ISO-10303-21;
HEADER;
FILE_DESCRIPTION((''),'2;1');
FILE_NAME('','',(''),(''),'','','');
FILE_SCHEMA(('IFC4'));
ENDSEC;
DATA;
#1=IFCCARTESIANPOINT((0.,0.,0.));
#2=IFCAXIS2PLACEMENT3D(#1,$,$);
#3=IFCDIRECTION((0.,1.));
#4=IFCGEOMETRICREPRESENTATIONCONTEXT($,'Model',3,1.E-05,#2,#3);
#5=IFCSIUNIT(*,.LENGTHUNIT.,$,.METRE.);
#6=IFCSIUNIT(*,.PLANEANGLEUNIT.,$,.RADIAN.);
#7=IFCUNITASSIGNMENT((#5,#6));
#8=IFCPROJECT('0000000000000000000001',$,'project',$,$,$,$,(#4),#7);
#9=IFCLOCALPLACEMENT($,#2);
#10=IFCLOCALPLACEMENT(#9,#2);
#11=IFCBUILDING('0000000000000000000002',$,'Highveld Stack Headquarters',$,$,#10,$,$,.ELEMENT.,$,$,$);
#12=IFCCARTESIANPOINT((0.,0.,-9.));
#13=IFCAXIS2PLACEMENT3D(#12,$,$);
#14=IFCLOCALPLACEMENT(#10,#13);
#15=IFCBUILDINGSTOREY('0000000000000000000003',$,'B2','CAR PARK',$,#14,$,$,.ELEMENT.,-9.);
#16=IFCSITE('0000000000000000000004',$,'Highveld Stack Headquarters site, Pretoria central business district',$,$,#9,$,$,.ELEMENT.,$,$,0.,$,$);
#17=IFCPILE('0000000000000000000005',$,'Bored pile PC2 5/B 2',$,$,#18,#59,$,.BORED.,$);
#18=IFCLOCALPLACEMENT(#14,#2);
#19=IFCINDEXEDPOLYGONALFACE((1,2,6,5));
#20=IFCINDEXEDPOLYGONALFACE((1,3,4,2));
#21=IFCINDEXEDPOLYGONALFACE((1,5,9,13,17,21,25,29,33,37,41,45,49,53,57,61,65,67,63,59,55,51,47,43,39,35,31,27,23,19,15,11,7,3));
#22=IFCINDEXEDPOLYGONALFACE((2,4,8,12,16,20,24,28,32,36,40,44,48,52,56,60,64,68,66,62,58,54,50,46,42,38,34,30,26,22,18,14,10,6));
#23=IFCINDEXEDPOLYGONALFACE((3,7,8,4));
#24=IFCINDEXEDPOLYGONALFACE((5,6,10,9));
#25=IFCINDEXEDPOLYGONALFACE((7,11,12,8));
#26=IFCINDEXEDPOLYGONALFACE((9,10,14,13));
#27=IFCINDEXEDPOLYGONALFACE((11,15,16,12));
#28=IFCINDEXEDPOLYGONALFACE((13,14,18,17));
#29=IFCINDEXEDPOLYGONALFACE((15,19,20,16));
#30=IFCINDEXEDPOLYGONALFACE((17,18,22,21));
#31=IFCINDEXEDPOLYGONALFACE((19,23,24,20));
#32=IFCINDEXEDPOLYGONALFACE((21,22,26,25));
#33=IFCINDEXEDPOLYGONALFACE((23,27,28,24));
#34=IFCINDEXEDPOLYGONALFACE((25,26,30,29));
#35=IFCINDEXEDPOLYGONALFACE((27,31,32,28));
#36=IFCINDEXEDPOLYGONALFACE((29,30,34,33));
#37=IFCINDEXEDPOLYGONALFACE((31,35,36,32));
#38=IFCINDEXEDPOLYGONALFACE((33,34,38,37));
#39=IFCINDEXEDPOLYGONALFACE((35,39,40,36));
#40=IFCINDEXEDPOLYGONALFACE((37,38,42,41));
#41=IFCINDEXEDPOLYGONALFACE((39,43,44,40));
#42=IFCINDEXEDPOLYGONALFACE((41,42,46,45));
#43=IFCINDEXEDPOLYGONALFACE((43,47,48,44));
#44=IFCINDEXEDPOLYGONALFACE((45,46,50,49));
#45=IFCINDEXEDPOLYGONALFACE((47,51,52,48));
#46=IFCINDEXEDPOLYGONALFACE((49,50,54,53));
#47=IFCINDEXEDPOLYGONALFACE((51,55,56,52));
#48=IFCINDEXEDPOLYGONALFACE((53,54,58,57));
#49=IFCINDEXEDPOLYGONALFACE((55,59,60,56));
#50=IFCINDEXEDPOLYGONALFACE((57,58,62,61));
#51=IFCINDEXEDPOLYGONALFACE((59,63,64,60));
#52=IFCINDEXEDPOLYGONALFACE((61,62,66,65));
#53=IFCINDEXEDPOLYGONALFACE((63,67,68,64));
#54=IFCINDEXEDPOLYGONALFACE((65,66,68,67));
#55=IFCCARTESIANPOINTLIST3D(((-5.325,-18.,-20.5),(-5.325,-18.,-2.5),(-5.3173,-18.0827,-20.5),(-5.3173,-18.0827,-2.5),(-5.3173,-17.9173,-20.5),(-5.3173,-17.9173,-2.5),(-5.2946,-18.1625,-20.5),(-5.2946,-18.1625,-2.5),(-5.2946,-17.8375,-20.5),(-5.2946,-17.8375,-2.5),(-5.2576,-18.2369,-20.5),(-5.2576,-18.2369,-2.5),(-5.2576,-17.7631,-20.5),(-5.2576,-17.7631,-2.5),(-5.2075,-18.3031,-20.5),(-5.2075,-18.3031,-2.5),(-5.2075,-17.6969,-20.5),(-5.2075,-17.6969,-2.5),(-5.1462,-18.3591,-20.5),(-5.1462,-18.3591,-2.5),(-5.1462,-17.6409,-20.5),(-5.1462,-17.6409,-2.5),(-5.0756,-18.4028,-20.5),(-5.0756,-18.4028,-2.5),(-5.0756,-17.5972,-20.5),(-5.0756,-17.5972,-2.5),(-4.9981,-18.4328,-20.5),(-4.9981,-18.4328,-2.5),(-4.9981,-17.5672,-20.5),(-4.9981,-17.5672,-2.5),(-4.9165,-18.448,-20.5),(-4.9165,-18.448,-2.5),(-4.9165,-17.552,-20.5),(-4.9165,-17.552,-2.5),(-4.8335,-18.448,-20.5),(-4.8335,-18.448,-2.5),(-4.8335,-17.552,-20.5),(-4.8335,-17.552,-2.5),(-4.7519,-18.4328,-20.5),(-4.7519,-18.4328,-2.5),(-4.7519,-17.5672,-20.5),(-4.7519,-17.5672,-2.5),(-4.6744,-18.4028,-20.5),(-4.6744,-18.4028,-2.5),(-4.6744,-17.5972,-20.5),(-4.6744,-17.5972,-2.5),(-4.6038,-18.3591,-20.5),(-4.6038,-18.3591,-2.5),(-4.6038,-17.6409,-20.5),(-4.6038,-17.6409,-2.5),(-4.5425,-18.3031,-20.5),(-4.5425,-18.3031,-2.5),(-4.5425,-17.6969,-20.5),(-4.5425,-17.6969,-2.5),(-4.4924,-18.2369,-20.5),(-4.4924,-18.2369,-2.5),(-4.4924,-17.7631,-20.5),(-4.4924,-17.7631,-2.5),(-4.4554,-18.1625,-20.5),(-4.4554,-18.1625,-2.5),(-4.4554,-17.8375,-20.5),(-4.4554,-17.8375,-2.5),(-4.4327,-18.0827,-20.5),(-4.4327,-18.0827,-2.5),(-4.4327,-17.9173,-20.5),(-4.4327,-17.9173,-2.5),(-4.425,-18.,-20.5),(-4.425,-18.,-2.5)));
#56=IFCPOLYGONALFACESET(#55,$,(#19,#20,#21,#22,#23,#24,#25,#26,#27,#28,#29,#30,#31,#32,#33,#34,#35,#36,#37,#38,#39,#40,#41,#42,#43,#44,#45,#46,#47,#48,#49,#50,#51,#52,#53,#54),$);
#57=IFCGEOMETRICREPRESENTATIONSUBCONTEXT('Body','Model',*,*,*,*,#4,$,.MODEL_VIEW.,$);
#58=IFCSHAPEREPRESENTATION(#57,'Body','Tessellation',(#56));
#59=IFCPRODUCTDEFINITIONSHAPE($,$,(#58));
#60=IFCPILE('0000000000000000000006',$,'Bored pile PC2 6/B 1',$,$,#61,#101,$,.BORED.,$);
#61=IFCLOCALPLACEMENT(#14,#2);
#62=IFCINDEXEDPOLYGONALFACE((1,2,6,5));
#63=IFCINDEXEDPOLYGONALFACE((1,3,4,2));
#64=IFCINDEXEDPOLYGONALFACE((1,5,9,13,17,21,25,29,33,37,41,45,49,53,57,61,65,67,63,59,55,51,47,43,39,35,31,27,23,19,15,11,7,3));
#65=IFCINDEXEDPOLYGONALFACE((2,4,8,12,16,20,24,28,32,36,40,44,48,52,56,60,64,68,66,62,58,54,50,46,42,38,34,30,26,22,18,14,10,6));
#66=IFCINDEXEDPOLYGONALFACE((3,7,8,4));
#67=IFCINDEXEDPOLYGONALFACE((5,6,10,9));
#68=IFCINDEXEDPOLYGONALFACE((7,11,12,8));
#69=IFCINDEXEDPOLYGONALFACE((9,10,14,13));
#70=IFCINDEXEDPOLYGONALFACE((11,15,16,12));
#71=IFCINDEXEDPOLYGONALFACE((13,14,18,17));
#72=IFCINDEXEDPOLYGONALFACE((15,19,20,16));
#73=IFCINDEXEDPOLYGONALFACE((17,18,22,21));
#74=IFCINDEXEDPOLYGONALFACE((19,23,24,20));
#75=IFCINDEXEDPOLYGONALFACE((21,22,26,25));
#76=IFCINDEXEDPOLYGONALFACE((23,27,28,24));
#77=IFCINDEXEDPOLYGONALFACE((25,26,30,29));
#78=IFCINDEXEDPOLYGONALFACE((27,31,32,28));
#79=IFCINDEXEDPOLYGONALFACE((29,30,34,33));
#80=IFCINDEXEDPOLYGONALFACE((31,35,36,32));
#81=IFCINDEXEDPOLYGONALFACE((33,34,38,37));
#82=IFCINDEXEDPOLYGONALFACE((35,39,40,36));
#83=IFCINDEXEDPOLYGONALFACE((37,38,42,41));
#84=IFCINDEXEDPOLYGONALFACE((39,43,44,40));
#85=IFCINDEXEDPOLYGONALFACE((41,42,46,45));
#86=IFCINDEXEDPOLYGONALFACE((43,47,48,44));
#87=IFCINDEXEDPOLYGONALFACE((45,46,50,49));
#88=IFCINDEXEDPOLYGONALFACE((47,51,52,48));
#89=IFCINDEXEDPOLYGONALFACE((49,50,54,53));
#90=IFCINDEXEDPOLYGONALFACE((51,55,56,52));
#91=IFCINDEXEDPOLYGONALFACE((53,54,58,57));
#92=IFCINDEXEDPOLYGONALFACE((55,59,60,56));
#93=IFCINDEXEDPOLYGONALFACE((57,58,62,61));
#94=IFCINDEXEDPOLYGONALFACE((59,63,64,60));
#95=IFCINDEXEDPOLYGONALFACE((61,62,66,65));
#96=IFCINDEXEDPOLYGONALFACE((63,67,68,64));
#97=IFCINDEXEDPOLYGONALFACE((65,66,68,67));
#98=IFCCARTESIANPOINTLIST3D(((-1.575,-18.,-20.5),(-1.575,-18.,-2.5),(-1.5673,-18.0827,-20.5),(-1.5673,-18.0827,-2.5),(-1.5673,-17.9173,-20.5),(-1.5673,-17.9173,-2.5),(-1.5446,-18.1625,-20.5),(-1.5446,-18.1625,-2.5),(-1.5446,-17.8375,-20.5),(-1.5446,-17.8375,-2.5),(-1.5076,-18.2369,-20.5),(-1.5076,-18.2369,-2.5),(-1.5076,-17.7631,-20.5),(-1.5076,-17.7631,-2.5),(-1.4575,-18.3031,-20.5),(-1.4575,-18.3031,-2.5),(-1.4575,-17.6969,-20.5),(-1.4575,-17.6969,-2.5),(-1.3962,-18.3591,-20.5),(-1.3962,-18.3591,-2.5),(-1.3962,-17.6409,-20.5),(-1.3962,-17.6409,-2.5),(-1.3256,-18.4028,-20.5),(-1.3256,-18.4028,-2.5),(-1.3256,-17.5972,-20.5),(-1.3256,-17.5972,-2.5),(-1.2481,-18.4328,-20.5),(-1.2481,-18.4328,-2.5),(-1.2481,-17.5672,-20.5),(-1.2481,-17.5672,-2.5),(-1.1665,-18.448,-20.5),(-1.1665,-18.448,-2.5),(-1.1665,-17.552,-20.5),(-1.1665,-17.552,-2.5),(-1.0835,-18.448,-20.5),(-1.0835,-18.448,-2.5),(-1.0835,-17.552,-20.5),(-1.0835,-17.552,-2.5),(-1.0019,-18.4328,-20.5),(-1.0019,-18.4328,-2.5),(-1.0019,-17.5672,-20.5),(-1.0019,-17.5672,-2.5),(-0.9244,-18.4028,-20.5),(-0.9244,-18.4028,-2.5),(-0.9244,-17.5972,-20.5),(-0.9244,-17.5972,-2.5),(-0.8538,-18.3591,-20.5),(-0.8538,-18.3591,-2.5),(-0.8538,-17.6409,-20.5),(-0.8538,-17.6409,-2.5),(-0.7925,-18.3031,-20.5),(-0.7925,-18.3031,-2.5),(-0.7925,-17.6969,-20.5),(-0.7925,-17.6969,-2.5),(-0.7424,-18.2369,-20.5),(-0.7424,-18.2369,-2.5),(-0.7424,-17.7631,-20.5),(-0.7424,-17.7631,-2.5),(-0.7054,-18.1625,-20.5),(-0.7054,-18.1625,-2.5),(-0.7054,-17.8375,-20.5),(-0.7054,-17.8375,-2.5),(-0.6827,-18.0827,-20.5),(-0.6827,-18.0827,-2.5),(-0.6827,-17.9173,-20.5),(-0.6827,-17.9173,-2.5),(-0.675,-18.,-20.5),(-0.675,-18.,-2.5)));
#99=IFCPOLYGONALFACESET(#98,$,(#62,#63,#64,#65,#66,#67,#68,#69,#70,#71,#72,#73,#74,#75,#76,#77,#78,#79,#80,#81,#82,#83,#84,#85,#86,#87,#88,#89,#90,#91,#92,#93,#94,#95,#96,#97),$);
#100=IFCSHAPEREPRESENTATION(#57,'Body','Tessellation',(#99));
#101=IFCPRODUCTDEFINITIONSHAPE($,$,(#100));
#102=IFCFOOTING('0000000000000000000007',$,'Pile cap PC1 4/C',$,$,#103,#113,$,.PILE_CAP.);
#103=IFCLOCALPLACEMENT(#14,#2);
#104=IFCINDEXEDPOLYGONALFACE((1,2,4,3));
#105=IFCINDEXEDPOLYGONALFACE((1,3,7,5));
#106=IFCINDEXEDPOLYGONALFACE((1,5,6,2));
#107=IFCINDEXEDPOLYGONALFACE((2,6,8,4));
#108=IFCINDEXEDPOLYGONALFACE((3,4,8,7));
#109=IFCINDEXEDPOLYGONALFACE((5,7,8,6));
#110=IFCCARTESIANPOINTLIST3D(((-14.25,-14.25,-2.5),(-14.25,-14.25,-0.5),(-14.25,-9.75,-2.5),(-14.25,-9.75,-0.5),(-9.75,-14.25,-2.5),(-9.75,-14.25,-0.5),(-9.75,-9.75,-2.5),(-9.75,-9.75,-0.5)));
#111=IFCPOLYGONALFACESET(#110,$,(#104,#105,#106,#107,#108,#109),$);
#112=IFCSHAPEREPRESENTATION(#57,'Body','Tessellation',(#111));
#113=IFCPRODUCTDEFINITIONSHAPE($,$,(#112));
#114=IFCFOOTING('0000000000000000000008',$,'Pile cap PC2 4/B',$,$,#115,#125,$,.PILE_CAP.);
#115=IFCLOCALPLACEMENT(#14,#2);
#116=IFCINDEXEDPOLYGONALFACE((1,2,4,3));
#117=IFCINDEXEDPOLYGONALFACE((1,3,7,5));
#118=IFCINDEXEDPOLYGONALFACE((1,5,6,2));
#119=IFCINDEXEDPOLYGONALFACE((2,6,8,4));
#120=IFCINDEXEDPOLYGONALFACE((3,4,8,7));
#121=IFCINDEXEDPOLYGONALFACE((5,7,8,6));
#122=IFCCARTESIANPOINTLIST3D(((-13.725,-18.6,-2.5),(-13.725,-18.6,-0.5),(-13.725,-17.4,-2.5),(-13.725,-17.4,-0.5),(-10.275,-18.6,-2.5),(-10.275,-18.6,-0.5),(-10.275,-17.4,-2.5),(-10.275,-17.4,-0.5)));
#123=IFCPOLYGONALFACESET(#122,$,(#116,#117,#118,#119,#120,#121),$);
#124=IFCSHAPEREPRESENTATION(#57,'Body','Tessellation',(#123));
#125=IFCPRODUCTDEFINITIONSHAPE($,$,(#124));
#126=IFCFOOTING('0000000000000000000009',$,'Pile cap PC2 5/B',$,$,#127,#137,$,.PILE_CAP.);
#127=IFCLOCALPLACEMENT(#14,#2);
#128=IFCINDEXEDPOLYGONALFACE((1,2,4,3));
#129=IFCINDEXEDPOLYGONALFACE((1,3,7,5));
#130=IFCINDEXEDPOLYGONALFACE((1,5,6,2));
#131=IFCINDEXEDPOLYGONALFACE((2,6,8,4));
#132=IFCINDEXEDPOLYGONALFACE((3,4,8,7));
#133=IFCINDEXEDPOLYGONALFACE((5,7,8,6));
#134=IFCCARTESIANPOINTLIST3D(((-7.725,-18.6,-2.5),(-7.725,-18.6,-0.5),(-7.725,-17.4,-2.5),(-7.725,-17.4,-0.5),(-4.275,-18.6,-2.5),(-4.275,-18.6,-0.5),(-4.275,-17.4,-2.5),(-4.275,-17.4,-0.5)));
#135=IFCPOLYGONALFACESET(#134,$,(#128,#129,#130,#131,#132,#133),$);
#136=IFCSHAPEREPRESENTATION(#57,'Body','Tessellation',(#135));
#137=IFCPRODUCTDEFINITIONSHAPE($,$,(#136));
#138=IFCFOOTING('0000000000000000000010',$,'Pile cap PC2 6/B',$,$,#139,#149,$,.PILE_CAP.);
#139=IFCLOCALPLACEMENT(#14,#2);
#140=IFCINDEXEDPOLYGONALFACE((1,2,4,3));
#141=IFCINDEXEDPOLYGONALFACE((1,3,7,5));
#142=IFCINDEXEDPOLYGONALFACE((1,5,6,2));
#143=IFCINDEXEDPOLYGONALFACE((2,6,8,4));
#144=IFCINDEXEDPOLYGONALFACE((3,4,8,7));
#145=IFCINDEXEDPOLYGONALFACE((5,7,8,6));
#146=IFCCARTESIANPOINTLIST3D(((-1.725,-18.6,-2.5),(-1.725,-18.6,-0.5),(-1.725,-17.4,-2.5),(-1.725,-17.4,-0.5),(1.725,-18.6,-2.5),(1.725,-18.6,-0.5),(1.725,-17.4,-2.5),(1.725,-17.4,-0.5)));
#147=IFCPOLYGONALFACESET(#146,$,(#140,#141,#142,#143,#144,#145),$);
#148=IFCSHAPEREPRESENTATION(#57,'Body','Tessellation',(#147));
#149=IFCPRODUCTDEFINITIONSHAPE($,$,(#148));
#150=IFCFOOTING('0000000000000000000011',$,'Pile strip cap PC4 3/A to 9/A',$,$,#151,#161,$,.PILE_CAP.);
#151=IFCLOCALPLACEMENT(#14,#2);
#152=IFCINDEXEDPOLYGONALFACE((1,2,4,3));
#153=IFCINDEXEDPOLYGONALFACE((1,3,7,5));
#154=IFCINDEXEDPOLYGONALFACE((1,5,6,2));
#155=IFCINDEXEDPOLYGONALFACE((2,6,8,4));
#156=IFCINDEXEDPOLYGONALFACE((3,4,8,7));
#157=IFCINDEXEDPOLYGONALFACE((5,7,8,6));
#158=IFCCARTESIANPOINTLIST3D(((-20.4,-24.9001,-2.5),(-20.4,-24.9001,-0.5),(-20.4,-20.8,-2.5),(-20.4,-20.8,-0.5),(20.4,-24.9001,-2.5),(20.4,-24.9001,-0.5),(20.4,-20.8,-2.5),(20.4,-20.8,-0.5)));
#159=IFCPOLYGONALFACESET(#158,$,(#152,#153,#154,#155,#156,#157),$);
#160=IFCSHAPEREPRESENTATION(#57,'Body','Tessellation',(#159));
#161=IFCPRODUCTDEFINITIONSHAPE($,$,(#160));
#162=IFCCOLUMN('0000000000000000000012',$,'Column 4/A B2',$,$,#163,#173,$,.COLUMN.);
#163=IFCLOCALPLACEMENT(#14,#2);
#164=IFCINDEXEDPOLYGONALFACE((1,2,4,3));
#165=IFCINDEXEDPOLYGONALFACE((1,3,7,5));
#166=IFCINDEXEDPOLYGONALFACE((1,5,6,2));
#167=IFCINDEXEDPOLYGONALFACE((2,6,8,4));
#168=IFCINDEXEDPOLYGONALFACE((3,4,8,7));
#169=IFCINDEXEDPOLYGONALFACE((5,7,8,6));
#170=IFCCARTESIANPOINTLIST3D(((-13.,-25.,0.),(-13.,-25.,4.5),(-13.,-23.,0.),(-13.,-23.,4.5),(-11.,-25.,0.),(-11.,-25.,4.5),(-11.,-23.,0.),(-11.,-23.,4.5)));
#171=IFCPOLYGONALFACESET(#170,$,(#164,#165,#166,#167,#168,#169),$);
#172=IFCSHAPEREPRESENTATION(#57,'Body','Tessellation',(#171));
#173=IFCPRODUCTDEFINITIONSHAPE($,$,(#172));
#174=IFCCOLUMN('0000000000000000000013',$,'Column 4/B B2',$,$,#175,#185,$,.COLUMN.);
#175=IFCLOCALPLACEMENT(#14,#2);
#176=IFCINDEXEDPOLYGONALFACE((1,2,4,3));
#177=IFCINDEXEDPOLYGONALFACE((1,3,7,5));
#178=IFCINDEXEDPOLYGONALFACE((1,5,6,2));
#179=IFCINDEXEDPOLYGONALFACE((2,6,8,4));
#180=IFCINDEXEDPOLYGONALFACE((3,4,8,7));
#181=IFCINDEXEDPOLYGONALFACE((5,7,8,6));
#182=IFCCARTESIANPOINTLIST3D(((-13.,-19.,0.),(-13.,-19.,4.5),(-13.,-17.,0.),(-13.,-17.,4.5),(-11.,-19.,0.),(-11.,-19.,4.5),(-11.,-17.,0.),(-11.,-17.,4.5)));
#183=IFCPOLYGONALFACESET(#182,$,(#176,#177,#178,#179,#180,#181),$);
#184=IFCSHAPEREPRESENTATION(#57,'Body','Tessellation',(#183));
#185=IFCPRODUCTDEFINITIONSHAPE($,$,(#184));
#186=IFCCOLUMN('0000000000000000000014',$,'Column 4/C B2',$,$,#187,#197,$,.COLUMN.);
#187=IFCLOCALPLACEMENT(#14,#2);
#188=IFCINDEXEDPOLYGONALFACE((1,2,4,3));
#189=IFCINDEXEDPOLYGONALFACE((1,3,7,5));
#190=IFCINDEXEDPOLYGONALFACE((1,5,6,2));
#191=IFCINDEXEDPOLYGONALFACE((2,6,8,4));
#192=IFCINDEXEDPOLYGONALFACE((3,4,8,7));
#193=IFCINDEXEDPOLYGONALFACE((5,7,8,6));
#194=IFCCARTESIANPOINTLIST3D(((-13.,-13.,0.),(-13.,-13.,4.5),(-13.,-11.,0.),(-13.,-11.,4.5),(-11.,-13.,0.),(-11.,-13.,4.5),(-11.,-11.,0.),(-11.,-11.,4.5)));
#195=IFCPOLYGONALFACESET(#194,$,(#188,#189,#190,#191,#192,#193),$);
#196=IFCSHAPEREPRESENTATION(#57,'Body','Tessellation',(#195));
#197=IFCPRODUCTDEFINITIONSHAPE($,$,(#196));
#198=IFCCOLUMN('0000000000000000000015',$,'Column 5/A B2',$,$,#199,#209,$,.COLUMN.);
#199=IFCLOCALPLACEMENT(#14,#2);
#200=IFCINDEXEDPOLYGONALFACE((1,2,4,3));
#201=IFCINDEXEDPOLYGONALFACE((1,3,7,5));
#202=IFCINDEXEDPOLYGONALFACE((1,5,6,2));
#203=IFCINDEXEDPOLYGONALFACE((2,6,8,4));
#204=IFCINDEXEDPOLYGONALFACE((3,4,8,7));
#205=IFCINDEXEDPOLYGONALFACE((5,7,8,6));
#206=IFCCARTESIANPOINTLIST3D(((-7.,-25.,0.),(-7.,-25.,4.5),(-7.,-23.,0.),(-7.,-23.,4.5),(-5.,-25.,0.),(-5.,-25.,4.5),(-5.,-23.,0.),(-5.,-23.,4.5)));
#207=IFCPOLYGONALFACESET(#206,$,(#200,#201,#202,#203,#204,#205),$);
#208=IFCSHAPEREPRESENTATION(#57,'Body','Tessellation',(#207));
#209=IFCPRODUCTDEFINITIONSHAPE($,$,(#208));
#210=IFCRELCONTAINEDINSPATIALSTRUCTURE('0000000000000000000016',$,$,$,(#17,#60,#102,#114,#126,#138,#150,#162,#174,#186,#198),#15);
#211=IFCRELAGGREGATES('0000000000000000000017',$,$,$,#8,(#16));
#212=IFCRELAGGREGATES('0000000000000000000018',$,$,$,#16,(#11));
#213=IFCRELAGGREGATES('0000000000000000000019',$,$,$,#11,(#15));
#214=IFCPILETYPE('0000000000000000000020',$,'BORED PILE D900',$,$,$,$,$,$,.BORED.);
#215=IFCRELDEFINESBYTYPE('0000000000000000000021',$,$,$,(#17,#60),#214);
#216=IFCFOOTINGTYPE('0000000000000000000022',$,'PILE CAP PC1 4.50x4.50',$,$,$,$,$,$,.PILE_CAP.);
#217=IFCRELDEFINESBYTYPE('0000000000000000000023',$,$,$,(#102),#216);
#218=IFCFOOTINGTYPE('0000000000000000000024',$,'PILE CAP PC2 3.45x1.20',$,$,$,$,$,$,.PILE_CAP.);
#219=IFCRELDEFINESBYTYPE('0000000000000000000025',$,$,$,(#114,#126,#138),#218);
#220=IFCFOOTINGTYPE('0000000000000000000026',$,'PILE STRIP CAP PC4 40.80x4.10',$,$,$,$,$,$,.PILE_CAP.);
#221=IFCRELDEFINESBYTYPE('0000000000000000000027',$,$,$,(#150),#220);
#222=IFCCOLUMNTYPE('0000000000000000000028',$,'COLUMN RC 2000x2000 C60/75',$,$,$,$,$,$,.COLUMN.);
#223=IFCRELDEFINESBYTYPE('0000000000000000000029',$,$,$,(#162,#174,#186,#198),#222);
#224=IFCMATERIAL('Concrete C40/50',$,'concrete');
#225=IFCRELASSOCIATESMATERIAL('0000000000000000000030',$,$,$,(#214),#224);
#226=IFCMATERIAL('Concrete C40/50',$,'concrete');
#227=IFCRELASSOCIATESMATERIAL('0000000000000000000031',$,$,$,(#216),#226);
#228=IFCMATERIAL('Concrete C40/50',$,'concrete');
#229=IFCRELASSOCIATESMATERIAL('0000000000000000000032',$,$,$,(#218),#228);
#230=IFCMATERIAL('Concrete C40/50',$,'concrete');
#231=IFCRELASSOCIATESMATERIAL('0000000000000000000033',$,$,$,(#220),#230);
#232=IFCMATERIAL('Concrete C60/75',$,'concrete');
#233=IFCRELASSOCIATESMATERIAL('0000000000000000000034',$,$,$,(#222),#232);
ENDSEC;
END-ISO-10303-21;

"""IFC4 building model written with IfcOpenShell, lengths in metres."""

from ifc_helpers import new_model, si_unit, direction, frame, origin, origin_2d, place, context, subcontext, project, spatial, rectangle, circle, extrude, material, material_profile, profile_set, type_object, element, save


model = new_model("IFC4")

# Units and contexts
model_context = context("Model", 3, precision=1e-05, world=origin(), true_north=direction((0.0, 1.0)))
body_context = subcontext(model_context, "Body", "Model", "MODEL_VIEW")
ifc_project = project(units=[si_unit("LENGTHUNIT", "METRE"), si_unit("PLANEANGLEUNIT", "RADIAN")], contexts=[model_context])

# Site, building, storey
site_placement = place(None, origin())
site = spatial("IfcSite", under=ifc_project, at=site_placement, Name="Highveld Stack Headquarters site, Pretoria central business district", CompositionType="ELEMENT", RefElevation=0.0)
building_placement = place(site_placement, origin())
building = spatial("IfcBuilding", under=site, at=building_placement, Name="Highveld Stack Headquarters", CompositionType="ELEMENT")
storey_placement = place(building_placement, frame((0.0, 0.0, -9.0)))
storey = spatial("IfcBuildingStorey", under=building, at=storey_placement, Name="B2", Description="CAR PARK", CompositionType="ELEMENT", Elevation=-9.0)

# Piles
ifc_material_1 = material(Name="Concrete C40/50", Category="concrete")
pile_type_1 = type_object("IfcPileType", Name="BORED PILE D900", PredefinedType="BORED", material=ifc_material_1)
for number, where, z_axis, x_axis, name in (
    (1, (-4.875, -18.0, -2.5), (0.0, 0.0, -1.0), (1.0, 0.0, 0.0), "Bored pile PC2 5/B 2"),
    (2, (-1.125, -18.0, -2.5), (0.0, 0.0, -1.0), (1.0, 0.0, 0.0), "Bored pile PC2 6/B 1"),
):
    element("IfcPile", number, at=place(storey_placement, frame(where, z_axis=z_axis, x_axis=x_axis)), inside=storey, type_object=pile_type_1, Name=name, PredefinedType="BORED", context=body_context, shape_type="SweptSolid", body=[
        extrude(circle(Radius=0.45, at=origin_2d()), origin(), (0.0, 0.0, 1.0), 18.0),
    ])

# Footings
ifc_material_2 = material(Name="Concrete C40/50", Category="concrete")
footing_type_1 = type_object("IfcFootingType", Name="PILE CAP PC1 4.50x4.50", PredefinedType="PILE_CAP", material=ifc_material_2)
footing_1_placement = place(storey_placement, frame((-12.0, -12.0, -2.5), z_axis=(0.0, 0.0, 1.0), x_axis=(1.0, 0.0, 0.0)))
element("IfcFooting", 3, at=footing_1_placement, inside=storey, type_object=footing_type_1, Name="Pile cap PC1 4/C", PredefinedType="PILE_CAP", context=body_context, shape_type="SweptSolid", body=[
    extrude(rectangle(XDim=4.5, YDim=4.5, at=origin_2d()), origin(), (0.0, 0.0, 1.0), 2.0),
])
ifc_material_3 = material(Name="Concrete C40/50", Category="concrete")
footing_type_2 = type_object("IfcFootingType", Name="PILE CAP PC2 3.45x1.20", PredefinedType="PILE_CAP", material=ifc_material_3)
for number, where, z_axis, x_axis, name in (
    (4, (-12.0, -18.0, -2.5), (0.0, 0.0, 1.0), (1.0, 0.0, 0.0), "Pile cap PC2 4/B"),
    (5, (-6.0, -18.0, -2.5), (0.0, 0.0, 1.0), (1.0, 0.0, 0.0), "Pile cap PC2 5/B"),
    (6, (0.0, -18.0, -2.5), (0.0, 0.0, 1.0), (1.0, 0.0, 0.0), "Pile cap PC2 6/B"),
):
    element("IfcFooting", number, at=place(storey_placement, frame(where, z_axis=z_axis, x_axis=x_axis)), inside=storey, type_object=footing_type_2, Name=name, PredefinedType="PILE_CAP", context=body_context, shape_type="SweptSolid", body=[
        extrude(rectangle(XDim=3.45, YDim=1.2, at=origin_2d()), origin(), (0.0, 0.0, 1.0), 2.0),
    ])
ifc_material_4 = material(Name="Concrete C40/50", Category="concrete")
footing_type_3 = type_object("IfcFootingType", Name="PILE STRIP CAP PC4 40.80x4.10", PredefinedType="PILE_CAP", material=ifc_material_4)
footing_2_placement = place(storey_placement, frame((0.0, -22.8501, -2.5), z_axis=(0.0, 0.0, 1.0), x_axis=(1.0, 0.0, 0.0)))
element("IfcFooting", 7, at=footing_2_placement, inside=storey, type_object=footing_type_3, Name="Pile strip cap PC4 3/A to 9/A", PredefinedType="PILE_CAP", context=body_context, shape_type="SweptSolid", body=[
    extrude(rectangle(XDim=40.8, YDim=4.1001, at=origin_2d()), origin(), (0.0, 0.0, 1.0), 2.0),
])

# Columns
ifc_material_5 = material(Name="Concrete C60/75", Category="concrete")
ifc_material_profile_1 = material_profile(ifc_material_5, rectangle(XDim=2.0, YDim=2.0, at=origin_2d()), Name="RC 2000x2000")
ifc_profile_set_1 = profile_set([ifc_material_profile_1], Name="Concrete C60/75")
column_type_1 = type_object("IfcColumnType", Name="COLUMN RC 2000x2000 C60/75", PredefinedType="COLUMN", material=ifc_profile_set_1)
for number, where, z_axis, x_axis, name in (
    (8, (-12.0, -24.0, 0.0), (0.0, 0.0, 1.0), (1.0, 0.0, 0.0), "Column 4/A B2"),
    (9, (-12.0, -18.0, 0.0), (0.0, 0.0, 1.0), (1.0, 0.0, 0.0), "Column 4/B B2"),
    (10, (-12.0, -12.0, 0.0), (0.0, 0.0, 1.0), (1.0, 0.0, 0.0), "Column 4/C B2"),
    (11, (-6.0, -24.0, 0.0), (0.0, 0.0, 1.0), (1.0, 0.0, 0.0), "Column 5/A B2"),
):
    element("IfcColumn", number, at=place(storey_placement, frame(where, z_axis=z_axis, x_axis=x_axis)), inside=storey, type_object=column_type_1, Name=name, PredefinedType="COLUMN", context=body_context, shape_type="SweptSolid", body=[
        extrude(rectangle(XDim=2.0, YDim=2.0, at=origin_2d()), origin(), (0.0, 0.0, 1.0), 4.5),
    ])

save(model, "model.ifc")
